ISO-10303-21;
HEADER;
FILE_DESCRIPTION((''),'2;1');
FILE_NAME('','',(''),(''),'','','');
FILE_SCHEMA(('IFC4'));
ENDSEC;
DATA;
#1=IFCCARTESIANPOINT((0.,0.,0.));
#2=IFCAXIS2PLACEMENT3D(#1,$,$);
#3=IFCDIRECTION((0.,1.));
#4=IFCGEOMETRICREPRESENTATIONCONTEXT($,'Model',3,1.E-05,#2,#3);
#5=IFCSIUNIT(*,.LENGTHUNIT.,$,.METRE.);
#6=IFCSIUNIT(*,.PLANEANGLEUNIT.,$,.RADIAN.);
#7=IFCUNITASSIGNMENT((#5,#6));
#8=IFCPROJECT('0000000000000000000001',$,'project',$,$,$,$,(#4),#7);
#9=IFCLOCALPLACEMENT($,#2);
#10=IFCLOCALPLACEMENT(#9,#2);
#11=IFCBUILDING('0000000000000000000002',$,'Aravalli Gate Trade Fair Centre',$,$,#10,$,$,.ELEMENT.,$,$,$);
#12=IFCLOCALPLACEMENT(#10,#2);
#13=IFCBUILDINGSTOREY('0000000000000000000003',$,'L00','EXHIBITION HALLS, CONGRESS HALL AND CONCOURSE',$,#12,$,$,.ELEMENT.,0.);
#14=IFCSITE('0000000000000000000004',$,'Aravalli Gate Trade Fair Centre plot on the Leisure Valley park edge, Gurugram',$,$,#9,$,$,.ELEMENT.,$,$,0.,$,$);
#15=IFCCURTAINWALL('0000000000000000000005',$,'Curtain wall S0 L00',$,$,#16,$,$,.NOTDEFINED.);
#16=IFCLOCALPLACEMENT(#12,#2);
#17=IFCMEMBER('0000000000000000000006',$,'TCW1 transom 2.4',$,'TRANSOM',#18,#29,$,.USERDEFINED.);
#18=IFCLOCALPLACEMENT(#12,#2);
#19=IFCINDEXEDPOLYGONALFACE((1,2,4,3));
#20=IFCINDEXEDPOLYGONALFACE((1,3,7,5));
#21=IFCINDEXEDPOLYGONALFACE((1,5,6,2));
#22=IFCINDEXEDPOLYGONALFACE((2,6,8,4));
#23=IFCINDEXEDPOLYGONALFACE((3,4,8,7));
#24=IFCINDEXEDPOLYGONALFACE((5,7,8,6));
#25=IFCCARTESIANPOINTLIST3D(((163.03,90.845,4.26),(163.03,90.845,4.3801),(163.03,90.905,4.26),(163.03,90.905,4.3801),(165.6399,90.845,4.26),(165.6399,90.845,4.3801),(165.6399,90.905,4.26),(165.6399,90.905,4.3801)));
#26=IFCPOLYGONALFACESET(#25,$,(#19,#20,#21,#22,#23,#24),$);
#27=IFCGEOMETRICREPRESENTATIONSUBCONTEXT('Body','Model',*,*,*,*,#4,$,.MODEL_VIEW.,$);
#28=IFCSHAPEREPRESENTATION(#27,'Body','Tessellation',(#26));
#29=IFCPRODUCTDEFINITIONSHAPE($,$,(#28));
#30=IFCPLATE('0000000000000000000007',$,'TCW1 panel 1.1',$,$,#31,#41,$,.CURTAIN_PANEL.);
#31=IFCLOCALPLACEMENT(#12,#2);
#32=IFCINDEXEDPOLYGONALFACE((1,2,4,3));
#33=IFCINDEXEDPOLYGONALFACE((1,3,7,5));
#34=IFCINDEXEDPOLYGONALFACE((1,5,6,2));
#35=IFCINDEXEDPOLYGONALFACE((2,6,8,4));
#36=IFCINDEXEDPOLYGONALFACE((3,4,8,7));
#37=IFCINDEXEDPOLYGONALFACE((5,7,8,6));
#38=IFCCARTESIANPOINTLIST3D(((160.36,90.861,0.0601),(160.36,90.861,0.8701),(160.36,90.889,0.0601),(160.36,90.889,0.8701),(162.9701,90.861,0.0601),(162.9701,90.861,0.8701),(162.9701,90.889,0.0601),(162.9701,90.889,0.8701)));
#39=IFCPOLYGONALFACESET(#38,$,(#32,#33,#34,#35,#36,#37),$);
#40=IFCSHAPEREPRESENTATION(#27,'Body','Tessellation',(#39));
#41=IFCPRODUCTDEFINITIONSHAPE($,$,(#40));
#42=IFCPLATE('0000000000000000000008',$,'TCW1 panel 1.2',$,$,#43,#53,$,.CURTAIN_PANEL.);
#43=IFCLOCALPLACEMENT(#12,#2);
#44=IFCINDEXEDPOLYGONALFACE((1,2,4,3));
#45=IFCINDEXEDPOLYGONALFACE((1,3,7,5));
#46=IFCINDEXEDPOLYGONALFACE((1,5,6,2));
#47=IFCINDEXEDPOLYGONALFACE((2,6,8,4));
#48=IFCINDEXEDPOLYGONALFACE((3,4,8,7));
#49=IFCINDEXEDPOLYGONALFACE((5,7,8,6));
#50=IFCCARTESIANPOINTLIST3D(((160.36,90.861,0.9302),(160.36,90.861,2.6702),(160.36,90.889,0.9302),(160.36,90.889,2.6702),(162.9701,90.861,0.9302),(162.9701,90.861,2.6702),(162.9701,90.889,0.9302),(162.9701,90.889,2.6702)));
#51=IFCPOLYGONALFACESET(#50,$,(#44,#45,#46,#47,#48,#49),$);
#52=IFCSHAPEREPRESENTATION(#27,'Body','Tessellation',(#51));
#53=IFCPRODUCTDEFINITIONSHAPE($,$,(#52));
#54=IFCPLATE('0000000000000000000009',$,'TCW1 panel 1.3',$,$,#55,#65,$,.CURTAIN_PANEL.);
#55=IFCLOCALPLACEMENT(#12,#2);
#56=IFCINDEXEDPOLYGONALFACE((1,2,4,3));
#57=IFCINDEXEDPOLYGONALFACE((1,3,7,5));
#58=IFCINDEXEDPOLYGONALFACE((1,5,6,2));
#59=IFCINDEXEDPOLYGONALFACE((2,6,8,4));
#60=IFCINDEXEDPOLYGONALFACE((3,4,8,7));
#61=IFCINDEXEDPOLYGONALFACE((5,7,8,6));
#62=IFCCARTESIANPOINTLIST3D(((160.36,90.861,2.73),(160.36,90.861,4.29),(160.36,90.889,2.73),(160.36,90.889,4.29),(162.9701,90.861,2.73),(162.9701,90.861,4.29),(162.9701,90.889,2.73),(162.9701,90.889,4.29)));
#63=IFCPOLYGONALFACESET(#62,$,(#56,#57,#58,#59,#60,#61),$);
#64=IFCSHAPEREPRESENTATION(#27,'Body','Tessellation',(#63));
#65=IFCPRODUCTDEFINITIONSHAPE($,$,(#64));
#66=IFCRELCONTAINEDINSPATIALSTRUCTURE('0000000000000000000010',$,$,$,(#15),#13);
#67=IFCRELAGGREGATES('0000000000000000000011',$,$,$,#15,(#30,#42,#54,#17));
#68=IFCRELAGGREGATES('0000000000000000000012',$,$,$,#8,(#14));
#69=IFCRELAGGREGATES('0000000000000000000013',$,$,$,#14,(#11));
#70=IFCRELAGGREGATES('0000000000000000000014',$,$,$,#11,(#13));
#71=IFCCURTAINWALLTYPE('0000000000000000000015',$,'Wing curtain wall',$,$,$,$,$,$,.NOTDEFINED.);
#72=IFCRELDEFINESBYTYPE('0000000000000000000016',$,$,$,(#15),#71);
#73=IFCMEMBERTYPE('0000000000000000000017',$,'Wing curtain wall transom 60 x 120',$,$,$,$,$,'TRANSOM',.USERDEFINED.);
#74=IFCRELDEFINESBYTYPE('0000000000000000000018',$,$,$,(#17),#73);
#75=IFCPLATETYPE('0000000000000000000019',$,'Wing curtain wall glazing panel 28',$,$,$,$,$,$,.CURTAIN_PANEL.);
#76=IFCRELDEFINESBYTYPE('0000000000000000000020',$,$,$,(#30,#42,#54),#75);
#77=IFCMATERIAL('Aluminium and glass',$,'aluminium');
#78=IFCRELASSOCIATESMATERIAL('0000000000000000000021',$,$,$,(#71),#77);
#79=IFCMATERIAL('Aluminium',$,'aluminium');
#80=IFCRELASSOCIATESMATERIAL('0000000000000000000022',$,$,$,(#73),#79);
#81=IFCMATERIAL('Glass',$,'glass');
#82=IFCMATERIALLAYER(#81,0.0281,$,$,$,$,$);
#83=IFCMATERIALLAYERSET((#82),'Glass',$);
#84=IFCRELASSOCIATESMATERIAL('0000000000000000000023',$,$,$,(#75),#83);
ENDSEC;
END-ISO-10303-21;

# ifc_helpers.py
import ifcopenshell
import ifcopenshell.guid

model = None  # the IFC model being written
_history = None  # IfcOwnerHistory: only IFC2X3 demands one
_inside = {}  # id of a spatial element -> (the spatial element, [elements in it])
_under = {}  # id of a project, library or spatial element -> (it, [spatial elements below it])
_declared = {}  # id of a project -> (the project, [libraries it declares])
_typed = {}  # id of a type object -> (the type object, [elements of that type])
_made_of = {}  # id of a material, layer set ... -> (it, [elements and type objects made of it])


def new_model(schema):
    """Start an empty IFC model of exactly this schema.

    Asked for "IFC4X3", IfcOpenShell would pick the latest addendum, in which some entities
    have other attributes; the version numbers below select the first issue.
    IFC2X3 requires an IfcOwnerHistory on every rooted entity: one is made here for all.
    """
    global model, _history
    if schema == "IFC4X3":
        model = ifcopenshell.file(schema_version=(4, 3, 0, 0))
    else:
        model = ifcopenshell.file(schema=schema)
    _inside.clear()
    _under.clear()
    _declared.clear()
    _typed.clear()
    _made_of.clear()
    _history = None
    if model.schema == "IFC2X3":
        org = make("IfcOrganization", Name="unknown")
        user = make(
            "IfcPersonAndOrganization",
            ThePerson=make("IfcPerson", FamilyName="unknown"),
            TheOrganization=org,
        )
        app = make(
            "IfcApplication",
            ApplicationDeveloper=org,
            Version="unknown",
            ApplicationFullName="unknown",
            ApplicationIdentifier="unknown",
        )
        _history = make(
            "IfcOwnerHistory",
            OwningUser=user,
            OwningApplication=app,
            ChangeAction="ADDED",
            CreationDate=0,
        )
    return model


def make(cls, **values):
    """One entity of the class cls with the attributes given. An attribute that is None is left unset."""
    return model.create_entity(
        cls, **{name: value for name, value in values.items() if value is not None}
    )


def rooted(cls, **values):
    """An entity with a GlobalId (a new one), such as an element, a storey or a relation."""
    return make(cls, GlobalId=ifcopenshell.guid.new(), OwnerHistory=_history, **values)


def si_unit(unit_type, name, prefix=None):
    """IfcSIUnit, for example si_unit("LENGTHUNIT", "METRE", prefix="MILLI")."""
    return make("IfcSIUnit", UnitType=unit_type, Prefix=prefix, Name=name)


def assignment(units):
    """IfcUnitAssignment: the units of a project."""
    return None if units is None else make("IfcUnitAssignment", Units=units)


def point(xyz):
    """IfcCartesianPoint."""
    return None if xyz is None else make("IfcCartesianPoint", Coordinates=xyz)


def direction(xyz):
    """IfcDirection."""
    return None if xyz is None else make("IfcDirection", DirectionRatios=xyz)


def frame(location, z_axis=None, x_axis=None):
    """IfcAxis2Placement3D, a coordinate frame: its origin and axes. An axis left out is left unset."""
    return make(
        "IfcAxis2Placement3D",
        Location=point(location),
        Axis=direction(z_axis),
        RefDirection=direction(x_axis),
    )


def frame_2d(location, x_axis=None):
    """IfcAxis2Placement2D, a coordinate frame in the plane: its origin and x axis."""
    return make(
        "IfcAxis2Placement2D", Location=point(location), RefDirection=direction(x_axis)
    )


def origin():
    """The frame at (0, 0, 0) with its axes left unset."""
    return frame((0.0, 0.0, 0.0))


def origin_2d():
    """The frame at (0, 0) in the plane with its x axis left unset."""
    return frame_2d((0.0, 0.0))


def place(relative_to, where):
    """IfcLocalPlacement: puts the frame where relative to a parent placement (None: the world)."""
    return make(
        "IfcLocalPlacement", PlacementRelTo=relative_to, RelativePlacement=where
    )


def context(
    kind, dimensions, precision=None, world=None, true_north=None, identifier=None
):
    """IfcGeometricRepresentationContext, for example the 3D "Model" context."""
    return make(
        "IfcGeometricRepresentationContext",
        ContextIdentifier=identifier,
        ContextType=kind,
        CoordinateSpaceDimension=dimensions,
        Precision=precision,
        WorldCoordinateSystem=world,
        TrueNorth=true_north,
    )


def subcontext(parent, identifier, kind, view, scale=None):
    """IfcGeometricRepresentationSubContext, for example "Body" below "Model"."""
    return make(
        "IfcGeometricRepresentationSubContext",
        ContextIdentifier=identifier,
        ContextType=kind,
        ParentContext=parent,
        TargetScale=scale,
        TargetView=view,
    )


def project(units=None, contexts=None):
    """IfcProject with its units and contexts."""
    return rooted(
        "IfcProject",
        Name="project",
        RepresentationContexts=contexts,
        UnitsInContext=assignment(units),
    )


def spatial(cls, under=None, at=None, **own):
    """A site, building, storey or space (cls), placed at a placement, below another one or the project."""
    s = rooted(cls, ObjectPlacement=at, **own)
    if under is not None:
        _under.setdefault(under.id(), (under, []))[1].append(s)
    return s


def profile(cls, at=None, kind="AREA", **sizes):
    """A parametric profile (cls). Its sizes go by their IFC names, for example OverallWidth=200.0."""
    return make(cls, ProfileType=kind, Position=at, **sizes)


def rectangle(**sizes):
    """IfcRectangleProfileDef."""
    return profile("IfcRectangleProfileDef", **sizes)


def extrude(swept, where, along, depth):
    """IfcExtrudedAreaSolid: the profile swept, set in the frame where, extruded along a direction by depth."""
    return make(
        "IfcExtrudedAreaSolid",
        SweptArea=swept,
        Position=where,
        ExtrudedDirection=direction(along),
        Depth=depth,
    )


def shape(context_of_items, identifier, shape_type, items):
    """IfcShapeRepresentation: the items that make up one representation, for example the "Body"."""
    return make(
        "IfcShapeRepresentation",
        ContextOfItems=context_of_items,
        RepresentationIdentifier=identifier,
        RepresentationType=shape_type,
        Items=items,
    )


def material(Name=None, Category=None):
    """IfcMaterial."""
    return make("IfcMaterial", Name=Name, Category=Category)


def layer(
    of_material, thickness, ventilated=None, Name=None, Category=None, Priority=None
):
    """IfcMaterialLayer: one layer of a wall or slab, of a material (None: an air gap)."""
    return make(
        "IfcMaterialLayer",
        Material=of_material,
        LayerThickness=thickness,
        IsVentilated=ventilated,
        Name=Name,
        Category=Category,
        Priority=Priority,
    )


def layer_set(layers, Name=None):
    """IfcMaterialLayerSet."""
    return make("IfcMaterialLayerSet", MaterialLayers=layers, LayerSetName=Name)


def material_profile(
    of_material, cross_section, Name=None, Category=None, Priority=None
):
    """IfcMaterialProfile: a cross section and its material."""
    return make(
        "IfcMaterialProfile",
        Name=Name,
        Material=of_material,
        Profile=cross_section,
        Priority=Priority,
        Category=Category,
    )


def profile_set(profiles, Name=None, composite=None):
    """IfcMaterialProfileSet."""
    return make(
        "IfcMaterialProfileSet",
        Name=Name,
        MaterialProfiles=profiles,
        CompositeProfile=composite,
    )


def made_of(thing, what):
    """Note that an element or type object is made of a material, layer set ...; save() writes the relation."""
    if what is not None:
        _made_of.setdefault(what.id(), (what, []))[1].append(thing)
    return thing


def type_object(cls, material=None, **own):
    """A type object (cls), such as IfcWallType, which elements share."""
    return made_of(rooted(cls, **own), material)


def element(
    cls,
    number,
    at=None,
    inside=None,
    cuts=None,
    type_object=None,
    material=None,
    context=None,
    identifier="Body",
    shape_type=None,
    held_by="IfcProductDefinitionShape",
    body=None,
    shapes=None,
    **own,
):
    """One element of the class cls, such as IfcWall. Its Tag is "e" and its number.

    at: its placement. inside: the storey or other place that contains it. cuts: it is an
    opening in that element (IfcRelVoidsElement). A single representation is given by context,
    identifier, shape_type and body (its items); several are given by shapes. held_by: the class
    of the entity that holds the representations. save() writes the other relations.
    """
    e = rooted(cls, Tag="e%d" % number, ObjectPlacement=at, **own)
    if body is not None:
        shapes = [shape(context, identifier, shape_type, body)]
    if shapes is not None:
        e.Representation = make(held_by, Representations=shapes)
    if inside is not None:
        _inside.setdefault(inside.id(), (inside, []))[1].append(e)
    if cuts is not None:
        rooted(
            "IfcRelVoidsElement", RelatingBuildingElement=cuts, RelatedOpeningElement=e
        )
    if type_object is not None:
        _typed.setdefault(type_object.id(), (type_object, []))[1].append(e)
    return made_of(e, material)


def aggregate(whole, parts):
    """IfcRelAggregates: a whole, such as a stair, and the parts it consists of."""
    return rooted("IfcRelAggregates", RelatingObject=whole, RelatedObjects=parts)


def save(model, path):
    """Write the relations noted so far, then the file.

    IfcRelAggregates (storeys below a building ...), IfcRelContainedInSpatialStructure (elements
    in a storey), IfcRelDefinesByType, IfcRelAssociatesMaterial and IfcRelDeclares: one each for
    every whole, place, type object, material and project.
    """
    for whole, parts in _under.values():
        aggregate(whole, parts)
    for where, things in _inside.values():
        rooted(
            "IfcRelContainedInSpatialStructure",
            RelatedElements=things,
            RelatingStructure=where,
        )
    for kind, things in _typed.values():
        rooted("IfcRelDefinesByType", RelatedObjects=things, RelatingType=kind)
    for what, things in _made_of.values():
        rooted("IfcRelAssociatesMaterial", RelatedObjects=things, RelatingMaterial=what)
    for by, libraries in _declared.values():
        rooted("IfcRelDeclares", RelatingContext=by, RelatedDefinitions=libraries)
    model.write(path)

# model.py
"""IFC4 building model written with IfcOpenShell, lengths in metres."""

from ifc_helpers import new_model, si_unit, direction, frame, origin, origin_2d, place, context, subcontext, project, spatial, rectangle, extrude, material, layer, layer_set, material_profile, profile_set, type_object, element, aggregate, save


model = new_model("IFC4")

# Units and contexts
model_context = context("Model", 3, precision=1e-05, world=origin(), true_north=direction((0.0, 1.0)))
body_context = subcontext(model_context, "Body", "Model", "MODEL_VIEW")
ifc_project = project(units=[si_unit("LENGTHUNIT", "METRE"), si_unit("PLANEANGLEUNIT", "RADIAN")], contexts=[model_context])

# Site, building, storey
site_placement = place(None, origin())
site = spatial("IfcSite", under=ifc_project, at=site_placement, Name="Aravalli Gate Trade Fair Centre plot on the Leisure Valley park edge, Gurugram", CompositionType="ELEMENT", RefElevation=0.0)
building_placement = place(site_placement, origin())
building = spatial("IfcBuilding", under=site, at=building_placement, Name="Aravalli Gate Trade Fair Centre", CompositionType="ELEMENT")
storey_placement = place(building_placement, origin())
storey = spatial("IfcBuildingStorey", under=building, at=storey_placement, Name="L00", Description="EXHIBITION HALLS, CONGRESS HALL AND CONCOURSE", CompositionType="ELEMENT", Elevation=0.0)

# Curtain wall, member, plates
ifc_material_1 = material(Name="Aluminium and glass", Category="aluminium")
curtain_wall_type = type_object("IfcCurtainWallType", Name="Wing curtain wall", PredefinedType="NOTDEFINED", material=ifc_material_1)
curtain_wall_placement = place(storey_placement, origin())
curtain_wall = element("IfcCurtainWall", 1, at=curtain_wall_placement, inside=storey, type_object=curtain_wall_type, Name="Curtain wall S0 L00", PredefinedType="NOTDEFINED")
ifc_material_2 = material(Name="Aluminium", Category="aluminium")
ifc_material_profile_1 = material_profile(ifc_material_2, rectangle(XDim=0.0601, YDim=0.1201, at=origin_2d()), Name="Wing curtain wall transom 60 x 120")
ifc_profile_set_1 = profile_set([ifc_material_profile_1], Name="Aluminium")
member_type_1 = type_object("IfcMemberType", Name="Wing curtain wall transom 60 x 120", ElementType="TRANSOM", PredefinedType="USERDEFINED", material=ifc_profile_set_1)
member_1_placement = place(storey_placement, frame((163.03, 90.875, 4.3201), z_axis=(1.0, 0.0, 0.0), x_axis=(0.0, 1.0, 0.0)))
member_1 = element("IfcMember", 2, at=member_1_placement, type_object=member_type_1, Name="TCW1 transom 2.4", ObjectType="TRANSOM", PredefinedType="USERDEFINED", context=body_context, shape_type="SweptSolid", body=[
    extrude(rectangle(XDim=0.0601, YDim=0.1201, at=origin_2d()), origin(), (0.0, 0.0, 1.0), 2.6099),
])
ifc_material_3 = material(Name="Glass", Category="glass")
ifc_layer = layer(ifc_material_3, 0.0281)
ifc_layer_set = layer_set([ifc_layer], Name="Glass")
plate_type = type_object("IfcPlateType", Name="Wing curtain wall glazing panel 28", PredefinedType="CURTAIN_PANEL", material=ifc_layer_set)
plate_1_placement = place(storey_placement, frame((161.665, 90.875, 0.0601), z_axis=(0.0, 0.0, 1.0), x_axis=(1.0, 0.0, 0.0)))
plate_1 = element("IfcPlate", 3, at=plate_1_placement, type_object=plate_type, Name="TCW1 panel 1.1", PredefinedType="CURTAIN_PANEL", context=body_context, shape_type="SweptSolid", body=[
    extrude(rectangle(XDim=2.6101, YDim=0.0281, at=origin_2d()), origin(), (0.0, 0.0, 1.0), 0.8101),
])
plate_2_placement = place(storey_placement, frame((161.665, 90.875, 0.9302), z_axis=(0.0, 0.0, 1.0), x_axis=(1.0, 0.0, 0.0)))
plate_2 = element("IfcPlate", 4, at=plate_2_placement, type_object=plate_type, Name="TCW1 panel 1.2", PredefinedType="CURTAIN_PANEL", context=body_context, shape_type="SweptSolid", body=[
    extrude(rectangle(XDim=2.6101, YDim=0.0281, at=origin_2d()), origin(), (0.0, 0.0, 1.0), 1.74),
])
plate_3_placement = place(storey_placement, frame((161.665, 90.875, 2.73), z_axis=(0.0, 0.0, 1.0), x_axis=(1.0, 0.0, 0.0)))
plate_3 = element("IfcPlate", 5, at=plate_3_placement, type_object=plate_type, Name="TCW1 panel 1.3", PredefinedType="CURTAIN_PANEL", context=body_context, shape_type="SweptSolid", body=[
    extrude(rectangle(XDim=2.6101, YDim=0.0281, at=origin_2d()), origin(), (0.0, 0.0, 1.0), 1.5601),
])
aggregate(curtain_wall, [plate_1, plate_2, plate_3, member_1])

save(model, "model.ifc")
